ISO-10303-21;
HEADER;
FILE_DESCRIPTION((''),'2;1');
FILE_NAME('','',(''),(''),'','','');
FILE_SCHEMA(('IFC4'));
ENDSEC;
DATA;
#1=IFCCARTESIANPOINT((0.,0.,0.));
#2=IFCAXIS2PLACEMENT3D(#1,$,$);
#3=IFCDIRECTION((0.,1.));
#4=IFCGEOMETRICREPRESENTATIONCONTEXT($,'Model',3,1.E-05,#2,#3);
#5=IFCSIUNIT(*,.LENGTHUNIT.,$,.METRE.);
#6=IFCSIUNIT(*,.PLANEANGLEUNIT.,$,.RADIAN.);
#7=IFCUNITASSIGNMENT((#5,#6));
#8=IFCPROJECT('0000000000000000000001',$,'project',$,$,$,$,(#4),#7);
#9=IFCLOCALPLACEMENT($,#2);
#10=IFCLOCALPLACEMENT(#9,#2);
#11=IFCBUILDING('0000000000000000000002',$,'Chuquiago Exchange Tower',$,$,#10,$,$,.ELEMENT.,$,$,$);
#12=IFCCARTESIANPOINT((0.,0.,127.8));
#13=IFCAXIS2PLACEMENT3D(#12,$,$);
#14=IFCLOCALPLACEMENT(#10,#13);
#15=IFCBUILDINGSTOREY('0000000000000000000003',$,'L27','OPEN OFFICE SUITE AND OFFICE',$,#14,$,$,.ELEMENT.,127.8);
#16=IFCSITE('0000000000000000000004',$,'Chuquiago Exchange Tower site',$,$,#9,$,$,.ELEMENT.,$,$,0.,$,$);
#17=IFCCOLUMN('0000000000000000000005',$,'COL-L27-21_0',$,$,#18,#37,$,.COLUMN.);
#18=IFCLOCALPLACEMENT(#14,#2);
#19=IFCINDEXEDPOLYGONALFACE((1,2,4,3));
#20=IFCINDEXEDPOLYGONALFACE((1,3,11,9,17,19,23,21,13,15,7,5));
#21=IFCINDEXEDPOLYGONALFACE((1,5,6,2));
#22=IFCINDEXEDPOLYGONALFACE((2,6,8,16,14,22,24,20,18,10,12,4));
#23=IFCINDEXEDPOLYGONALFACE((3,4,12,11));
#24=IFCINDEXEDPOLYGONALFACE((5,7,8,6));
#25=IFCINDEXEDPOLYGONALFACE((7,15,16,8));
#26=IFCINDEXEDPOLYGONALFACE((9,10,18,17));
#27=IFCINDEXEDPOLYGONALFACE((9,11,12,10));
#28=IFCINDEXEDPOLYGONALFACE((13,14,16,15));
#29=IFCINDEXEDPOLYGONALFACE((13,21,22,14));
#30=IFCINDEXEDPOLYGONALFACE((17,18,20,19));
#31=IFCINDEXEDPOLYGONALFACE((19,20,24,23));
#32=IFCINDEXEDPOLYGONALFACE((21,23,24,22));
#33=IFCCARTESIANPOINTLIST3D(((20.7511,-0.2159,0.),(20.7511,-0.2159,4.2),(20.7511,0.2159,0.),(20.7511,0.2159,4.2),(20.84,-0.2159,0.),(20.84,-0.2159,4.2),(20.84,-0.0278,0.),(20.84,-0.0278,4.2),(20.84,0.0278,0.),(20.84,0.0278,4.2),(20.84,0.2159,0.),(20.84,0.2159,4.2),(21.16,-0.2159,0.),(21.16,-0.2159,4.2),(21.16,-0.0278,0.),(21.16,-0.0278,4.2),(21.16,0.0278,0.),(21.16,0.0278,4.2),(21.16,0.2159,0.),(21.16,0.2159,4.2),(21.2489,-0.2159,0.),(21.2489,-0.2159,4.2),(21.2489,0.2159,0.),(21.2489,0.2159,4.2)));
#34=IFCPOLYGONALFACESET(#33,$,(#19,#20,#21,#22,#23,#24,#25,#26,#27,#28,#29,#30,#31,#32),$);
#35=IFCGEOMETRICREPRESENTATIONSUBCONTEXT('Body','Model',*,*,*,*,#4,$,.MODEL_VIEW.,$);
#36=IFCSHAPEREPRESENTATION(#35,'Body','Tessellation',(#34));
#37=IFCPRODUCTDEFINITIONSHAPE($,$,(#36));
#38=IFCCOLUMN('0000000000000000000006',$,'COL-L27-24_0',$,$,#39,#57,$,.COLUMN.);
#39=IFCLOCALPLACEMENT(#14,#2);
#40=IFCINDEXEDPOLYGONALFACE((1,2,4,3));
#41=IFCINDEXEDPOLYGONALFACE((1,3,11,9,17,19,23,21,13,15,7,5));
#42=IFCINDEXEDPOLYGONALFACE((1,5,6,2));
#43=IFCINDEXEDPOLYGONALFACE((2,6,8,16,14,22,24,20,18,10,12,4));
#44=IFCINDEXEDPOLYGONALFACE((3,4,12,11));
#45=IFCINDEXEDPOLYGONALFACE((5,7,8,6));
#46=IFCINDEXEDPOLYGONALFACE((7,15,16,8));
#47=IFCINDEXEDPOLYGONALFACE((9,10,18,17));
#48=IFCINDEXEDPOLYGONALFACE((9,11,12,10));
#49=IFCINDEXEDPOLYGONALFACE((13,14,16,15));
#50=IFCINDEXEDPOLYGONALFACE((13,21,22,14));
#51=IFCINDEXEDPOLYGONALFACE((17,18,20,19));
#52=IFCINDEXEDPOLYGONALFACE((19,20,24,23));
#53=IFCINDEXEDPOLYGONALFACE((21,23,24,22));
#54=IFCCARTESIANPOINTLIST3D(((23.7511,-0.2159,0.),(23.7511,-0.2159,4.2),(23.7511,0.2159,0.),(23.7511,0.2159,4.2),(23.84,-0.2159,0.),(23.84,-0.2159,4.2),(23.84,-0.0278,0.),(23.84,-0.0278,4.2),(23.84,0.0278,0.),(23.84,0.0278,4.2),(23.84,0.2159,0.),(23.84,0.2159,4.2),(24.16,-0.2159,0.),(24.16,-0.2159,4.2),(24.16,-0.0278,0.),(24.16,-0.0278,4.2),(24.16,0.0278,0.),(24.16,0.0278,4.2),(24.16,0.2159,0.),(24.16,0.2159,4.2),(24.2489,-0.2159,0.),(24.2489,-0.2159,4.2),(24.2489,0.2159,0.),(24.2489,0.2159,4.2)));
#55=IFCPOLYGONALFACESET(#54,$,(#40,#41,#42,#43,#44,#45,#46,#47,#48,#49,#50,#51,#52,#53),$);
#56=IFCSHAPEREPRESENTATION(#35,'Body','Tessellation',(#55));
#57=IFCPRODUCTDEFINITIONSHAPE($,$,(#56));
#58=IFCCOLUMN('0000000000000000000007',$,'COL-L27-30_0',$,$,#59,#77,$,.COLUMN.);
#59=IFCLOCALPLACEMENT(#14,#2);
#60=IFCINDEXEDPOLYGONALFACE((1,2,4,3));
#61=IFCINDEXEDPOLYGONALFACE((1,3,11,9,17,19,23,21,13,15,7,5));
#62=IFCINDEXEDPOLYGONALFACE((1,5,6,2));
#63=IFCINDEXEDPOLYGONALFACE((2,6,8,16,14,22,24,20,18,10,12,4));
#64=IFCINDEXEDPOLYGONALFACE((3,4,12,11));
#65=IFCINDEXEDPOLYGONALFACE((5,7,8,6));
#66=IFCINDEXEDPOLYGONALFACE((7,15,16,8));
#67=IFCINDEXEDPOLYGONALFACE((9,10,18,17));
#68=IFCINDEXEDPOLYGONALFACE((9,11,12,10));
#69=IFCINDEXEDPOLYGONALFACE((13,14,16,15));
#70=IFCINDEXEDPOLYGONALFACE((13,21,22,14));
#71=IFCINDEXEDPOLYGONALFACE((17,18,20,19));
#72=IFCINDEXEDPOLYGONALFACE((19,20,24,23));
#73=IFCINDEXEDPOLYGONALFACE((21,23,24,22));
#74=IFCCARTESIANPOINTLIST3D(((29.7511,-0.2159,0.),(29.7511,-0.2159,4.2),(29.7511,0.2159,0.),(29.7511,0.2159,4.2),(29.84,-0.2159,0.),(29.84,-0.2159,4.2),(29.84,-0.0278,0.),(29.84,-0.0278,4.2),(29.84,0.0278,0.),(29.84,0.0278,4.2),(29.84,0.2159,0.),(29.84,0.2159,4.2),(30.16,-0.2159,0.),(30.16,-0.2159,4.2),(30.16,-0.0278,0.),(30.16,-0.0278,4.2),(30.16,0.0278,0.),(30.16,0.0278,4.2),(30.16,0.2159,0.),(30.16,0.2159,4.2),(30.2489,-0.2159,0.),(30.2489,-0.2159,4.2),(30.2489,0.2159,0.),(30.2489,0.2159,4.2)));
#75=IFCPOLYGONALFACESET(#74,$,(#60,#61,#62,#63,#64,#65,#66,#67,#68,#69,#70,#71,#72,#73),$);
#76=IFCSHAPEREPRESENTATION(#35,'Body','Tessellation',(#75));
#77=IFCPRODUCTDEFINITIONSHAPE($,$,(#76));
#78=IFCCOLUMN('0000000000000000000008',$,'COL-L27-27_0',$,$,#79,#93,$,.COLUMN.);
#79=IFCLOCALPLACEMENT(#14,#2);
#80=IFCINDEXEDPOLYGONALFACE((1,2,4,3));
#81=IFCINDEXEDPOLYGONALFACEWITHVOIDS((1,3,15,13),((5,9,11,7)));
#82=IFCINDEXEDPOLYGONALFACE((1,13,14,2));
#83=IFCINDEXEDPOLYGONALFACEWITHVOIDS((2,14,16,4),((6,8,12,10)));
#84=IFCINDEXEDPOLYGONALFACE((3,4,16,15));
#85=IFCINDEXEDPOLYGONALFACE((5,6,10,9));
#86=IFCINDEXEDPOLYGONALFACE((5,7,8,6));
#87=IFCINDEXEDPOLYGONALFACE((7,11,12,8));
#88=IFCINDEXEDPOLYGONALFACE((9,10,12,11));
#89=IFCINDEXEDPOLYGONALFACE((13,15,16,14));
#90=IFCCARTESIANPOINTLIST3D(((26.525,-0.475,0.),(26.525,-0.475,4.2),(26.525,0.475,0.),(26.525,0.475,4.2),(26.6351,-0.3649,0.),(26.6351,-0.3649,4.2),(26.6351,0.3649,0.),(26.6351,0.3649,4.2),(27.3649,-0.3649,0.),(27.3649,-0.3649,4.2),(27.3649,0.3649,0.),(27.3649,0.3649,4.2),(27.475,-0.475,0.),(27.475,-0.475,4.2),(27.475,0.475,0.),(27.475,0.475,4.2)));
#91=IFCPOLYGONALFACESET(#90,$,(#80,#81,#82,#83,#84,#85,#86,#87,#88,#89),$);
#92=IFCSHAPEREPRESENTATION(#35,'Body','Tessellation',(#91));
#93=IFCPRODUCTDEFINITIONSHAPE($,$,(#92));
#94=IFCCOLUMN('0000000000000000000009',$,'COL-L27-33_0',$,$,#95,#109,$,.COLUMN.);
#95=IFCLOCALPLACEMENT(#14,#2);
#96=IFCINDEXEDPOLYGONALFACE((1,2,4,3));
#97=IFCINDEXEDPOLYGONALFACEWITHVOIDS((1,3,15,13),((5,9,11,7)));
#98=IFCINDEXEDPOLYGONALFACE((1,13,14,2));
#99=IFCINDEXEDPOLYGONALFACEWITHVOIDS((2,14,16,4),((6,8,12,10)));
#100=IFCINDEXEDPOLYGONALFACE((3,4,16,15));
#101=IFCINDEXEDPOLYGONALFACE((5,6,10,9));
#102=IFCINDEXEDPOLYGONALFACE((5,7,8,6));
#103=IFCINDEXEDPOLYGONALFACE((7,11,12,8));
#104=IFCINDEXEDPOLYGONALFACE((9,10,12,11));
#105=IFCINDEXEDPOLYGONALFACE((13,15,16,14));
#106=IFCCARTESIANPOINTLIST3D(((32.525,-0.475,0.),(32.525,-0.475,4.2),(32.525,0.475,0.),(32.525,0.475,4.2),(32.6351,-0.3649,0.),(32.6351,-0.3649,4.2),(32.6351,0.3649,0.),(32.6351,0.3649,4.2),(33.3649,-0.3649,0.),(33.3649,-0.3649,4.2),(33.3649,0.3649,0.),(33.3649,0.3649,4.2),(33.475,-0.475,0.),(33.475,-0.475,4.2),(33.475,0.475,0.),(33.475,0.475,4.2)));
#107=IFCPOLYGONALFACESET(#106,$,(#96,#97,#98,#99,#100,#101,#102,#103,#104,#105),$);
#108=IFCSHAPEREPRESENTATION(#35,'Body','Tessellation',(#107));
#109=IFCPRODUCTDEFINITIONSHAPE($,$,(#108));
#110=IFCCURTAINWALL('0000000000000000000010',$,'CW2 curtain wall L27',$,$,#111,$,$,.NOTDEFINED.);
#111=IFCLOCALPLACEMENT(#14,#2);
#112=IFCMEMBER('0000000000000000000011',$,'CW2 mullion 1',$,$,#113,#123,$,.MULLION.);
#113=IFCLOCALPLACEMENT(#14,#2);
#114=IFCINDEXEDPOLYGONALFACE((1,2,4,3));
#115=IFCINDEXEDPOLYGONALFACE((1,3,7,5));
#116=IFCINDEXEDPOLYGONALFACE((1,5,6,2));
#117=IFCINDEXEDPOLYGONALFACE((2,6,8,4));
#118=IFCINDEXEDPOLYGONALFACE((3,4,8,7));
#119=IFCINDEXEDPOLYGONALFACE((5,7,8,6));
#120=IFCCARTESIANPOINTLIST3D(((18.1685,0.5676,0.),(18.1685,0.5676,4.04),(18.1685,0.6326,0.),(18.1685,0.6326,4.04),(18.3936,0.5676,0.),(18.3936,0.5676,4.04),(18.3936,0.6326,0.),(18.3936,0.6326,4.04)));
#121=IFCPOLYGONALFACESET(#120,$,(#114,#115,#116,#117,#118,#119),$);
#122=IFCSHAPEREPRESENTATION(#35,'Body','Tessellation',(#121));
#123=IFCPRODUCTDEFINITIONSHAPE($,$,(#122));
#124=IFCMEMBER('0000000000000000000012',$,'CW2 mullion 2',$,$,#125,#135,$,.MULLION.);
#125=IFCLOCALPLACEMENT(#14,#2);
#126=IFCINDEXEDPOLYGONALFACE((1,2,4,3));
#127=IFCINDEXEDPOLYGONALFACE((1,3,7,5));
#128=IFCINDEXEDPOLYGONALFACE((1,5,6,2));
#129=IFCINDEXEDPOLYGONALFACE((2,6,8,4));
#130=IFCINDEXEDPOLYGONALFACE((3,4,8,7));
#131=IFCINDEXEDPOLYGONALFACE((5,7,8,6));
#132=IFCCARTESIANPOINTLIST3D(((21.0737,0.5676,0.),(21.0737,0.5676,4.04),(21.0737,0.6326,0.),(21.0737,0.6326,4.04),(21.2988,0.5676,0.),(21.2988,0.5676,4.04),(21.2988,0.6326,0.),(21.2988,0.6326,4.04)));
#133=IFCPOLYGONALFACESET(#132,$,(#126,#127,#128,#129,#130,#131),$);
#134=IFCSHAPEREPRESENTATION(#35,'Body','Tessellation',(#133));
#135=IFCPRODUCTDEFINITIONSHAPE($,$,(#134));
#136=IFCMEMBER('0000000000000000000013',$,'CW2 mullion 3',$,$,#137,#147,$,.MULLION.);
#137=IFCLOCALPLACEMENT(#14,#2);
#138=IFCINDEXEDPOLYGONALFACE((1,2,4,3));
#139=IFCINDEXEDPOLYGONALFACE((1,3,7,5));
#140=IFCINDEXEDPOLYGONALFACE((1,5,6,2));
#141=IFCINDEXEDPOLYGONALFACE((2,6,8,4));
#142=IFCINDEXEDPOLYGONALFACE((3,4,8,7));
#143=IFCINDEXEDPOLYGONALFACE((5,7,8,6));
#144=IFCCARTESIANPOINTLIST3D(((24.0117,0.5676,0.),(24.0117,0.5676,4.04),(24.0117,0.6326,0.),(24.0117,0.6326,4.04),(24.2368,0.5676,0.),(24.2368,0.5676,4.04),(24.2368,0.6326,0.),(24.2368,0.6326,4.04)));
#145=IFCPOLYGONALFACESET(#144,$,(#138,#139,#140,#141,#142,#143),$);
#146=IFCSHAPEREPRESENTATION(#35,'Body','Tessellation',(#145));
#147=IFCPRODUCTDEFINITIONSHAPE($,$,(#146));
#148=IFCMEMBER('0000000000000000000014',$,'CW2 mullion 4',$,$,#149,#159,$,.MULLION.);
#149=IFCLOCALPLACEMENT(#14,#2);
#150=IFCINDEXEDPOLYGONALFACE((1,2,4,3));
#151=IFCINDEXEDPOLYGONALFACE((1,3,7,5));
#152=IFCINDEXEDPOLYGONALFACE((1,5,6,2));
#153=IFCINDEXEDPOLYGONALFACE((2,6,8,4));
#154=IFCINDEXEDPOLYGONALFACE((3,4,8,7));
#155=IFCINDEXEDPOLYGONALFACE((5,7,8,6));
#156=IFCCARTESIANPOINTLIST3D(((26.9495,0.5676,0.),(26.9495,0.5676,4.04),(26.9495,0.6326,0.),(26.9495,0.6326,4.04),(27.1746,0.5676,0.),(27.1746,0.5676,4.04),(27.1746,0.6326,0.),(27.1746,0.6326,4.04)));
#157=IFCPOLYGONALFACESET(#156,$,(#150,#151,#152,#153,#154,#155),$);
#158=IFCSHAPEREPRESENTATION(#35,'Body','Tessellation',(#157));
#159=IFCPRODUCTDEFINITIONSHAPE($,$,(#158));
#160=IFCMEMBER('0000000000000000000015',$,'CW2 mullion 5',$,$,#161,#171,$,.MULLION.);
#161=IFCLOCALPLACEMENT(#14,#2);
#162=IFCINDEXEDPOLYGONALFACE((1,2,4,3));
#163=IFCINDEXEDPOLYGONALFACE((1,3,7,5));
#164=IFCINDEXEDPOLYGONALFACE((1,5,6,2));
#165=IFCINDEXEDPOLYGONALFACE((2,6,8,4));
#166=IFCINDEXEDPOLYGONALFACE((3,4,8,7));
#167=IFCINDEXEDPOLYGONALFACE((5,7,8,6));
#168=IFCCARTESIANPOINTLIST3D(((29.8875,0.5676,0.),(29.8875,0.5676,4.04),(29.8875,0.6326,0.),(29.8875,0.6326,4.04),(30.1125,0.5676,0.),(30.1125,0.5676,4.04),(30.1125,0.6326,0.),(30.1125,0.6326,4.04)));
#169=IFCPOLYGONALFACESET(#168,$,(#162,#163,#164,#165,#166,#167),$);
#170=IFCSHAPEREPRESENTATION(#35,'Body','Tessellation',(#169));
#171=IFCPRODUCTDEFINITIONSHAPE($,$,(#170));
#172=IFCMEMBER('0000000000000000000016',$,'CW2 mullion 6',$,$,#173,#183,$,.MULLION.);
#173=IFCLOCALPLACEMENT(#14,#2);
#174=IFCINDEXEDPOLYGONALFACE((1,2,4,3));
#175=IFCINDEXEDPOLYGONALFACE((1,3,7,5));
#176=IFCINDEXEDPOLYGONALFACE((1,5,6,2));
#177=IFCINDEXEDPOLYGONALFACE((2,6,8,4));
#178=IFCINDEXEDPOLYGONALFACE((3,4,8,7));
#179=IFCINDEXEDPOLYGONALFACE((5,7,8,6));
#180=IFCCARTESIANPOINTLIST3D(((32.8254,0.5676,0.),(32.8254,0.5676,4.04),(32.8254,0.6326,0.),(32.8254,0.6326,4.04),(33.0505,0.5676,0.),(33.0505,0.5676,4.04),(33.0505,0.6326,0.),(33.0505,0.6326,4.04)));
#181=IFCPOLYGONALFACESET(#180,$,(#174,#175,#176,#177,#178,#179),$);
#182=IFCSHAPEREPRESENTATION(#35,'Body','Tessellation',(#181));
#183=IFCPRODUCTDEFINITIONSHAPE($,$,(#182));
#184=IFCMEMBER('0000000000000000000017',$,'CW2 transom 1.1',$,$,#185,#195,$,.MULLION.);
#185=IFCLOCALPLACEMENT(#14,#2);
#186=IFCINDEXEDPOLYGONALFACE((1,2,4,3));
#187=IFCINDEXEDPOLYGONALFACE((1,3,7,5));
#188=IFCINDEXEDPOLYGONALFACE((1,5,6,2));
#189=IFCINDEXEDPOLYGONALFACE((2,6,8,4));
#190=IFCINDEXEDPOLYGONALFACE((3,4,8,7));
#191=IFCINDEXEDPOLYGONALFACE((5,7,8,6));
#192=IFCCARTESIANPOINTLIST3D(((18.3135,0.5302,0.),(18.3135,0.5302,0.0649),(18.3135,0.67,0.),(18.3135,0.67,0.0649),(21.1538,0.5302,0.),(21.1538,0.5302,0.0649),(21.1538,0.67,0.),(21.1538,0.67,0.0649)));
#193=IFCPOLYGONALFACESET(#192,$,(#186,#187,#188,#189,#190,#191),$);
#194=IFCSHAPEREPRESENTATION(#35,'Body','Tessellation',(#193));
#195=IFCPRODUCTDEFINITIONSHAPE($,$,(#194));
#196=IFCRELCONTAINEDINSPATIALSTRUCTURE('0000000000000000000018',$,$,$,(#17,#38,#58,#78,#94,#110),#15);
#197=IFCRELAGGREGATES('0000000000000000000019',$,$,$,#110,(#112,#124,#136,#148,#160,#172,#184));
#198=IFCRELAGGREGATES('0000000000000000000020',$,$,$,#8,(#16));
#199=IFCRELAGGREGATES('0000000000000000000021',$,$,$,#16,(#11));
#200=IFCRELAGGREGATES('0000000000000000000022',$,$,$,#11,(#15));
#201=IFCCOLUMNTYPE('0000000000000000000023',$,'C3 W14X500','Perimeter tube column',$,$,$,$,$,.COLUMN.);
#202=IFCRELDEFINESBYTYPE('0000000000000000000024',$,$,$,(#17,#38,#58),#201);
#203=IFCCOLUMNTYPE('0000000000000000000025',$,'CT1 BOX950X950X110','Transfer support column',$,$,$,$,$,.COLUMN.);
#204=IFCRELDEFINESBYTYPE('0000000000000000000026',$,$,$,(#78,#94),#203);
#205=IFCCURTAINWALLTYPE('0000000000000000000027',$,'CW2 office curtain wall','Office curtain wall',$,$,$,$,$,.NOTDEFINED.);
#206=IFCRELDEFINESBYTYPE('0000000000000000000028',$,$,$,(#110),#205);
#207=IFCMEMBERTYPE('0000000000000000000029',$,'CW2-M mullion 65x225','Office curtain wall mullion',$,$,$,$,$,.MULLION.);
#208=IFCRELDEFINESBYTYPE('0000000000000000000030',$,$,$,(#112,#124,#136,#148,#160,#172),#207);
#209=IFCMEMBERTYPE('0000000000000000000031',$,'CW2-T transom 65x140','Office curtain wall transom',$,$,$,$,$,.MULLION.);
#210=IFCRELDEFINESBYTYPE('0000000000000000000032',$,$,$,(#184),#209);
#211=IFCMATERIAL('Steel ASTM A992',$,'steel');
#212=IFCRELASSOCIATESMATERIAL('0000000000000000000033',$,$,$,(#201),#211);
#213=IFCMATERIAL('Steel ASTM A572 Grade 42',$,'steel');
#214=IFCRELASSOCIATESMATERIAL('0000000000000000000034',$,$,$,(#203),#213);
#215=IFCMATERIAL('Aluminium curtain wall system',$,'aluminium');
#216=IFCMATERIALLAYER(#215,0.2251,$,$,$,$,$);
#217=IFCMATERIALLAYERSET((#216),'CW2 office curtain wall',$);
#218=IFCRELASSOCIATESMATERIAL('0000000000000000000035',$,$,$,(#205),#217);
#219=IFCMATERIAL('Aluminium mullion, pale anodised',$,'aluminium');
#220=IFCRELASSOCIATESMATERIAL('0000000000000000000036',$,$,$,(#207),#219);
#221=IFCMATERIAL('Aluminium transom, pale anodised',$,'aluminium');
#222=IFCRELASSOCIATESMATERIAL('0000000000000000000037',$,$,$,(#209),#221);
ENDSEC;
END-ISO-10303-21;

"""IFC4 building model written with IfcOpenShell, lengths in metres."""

from ifc_helpers import new_model, si_unit, direction, frame, origin, origin_2d, place, context, subcontext, project, spatial, rectangle, hollow_rectangle, i_section, extrude, material, layer, layer_set, material_profile, profile_set, type_object, element, aggregate, save


model = new_model("IFC4")

# Units and contexts
model_context = context("Model", 3, precision=1e-05, world=origin(), true_north=direction((0.0, 1.0)))
body_context = subcontext(model_context, "Body", "Model", "MODEL_VIEW")
ifc_project = project(units=[si_unit("LENGTHUNIT", "METRE"), si_unit("PLANEANGLEUNIT", "RADIAN")], contexts=[model_context])

# Site, building, storey
site_placement = place(None, origin())
site = spatial("IfcSite", under=ifc_project, at=site_placement, Name="Chuquiago Exchange Tower site", CompositionType="ELEMENT", RefElevation=0.0)
building_placement = place(site_placement, origin())
building = spatial("IfcBuilding", under=site, at=building_placement, Name="Chuquiago Exchange Tower", CompositionType="ELEMENT")
storey_placement = place(building_placement, frame((0.0, 0.0, 127.8)))
storey = spatial("IfcBuildingStorey", under=building, at=storey_placement, Name="L27", Description="OPEN OFFICE SUITE AND OFFICE", CompositionType="ELEMENT", Elevation=127.8)

# Columns
ifc_material_1 = material(Name="Steel ASTM A992", Category="steel")
ifc_material_profile_1 = material_profile(ifc_material_1, i_section(OverallWidth=0.4319, OverallDepth=0.4978, WebThickness=0.0557, FlangeThickness=0.0889, at=origin_2d()), Name="W14X500")
ifc_profile_set_1 = profile_set([ifc_material_profile_1], Name="Steel ASTM A992")
column_type_1 = type_object("IfcColumnType", Name="C3 W14X500", Description="Perimeter tube column", PredefinedType="COLUMN", material=ifc_profile_set_1)
for number, where, z_axis, x_axis, name in (
    (1, (21.0, 0.0, 0.0), (0.0, 0.0, 1.0), (0.0, -1.0, 0.0), "COL-L27-21_0"),
    (2, (24.0, 0.0, 0.0), (0.0, 0.0, 1.0), (0.0, -1.0, 0.0), "COL-L27-24_0"),
    (3, (30.0, 0.0, 0.0), (0.0, 0.0, 1.0), (0.0, -1.0, 0.0), "COL-L27-30_0"),
):
    element("IfcColumn", number, at=place(storey_placement, frame(where, z_axis=z_axis, x_axis=x_axis)), inside=storey, type_object=column_type_1, Name=name, PredefinedType="COLUMN", context=body_context, shape_type="SweptSolid", body=[
        extrude(i_section(OverallWidth=0.4319, OverallDepth=0.4978, WebThickness=0.0557, FlangeThickness=0.0889, at=origin_2d()), origin(), (0.0, 0.0, 1.0), 4.2),
    ])
ifc_material_2 = material(Name="Steel ASTM A572 Grade 42", Category="steel")
ifc_material_profile_2 = material_profile(ifc_material_2, hollow_rectangle(XDim=0.95, YDim=0.95, WallThickness=0.1101, at=origin_2d()), Name="BOX950X950X110")
ifc_profile_set_2 = profile_set([ifc_material_profile_2], Name="Steel ASTM A572 Grade 42")
column_type_2 = type_object("IfcColumnType", Name="CT1 BOX950X950X110", Description="Transfer support column", PredefinedType="COLUMN", material=ifc_profile_set_2)
for number, where, z_axis, x_axis, name in (
    (4, (27.0, 0.0, 0.0), (0.0, 0.0, 1.0), (0.0, -1.0, 0.0), "COL-L27-27_0"),
    (5, (33.0, 0.0, 0.0), (0.0, 0.0, 1.0), (0.0, -1.0, 0.0), "COL-L27-33_0"),
):
    element("IfcColumn", number, at=place(storey_placement, frame(where, z_axis=z_axis, x_axis=x_axis)), inside=storey, type_object=column_type_2, Name=name, PredefinedType="COLUMN", context=body_context, shape_type="SweptSolid", body=[
        extrude(hollow_rectangle(XDim=0.95, YDim=0.95, WallThickness=0.1101, at=origin_2d()), origin(), (0.0, 0.0, 1.0), 4.2),
    ])

# Curtain wall, members
ifc_material_3 = material(Name="Aluminium curtain wall system", Category="aluminium")
ifc_layer_1 = layer(ifc_material_3, 0.2251)
ifc_layer_set_1 = layer_set([ifc_layer_1], Name="CW2 office curtain wall")
curtain_wall_type_1 = type_object("IfcCurtainWallType", Name="CW2 office curtain wall", Description="Office curtain wall", PredefinedType="NOTDEFINED", material=ifc_layer_set_1)
curtain_wall_1_placement = place(storey_placement, origin())
curtain_wall_1 = element("IfcCurtainWall", 6, at=curtain_wall_1_placement, inside=storey, type_object=curtain_wall_type_1, Name="CW2 curtain wall L27", PredefinedType="NOTDEFINED")
ifc_material_4 = material(Name="Aluminium mullion, pale anodised", Category="aluminium")
ifc_material_profile_3 = material_profile(ifc_material_4, rectangle(XDim=0.0649, YDim=0.2251, at=origin_2d()), Name="AL 65x225")
ifc_profile_set_3 = profile_set([ifc_material_profile_3], Name="Aluminium mullion, pale anodised")
member_type_1 = type_object("IfcMemberType", Name="CW2-M mullion 65x225", Description="Office curtain wall mullion", PredefinedType="MULLION", material=ifc_profile_set_3)
member_1_placement = place(storey_placement, frame((18.281, 0.6001, 0.0), z_axis=(0.0, 0.0, 1.0), x_axis=(0.0, 1.0, 0.0)))
member_1 = element("IfcMember", 7, at=member_1_placement, type_object=member_type_1, Name="CW2 mullion 1", PredefinedType="MULLION", context=body_context, shape_type="SweptSolid", body=[
    extrude(rectangle(XDim=0.0649, YDim=0.2251, at=origin_2d()), origin(), (0.0, 0.0, 1.0), 4.04),
])
member_2_placement = place(storey_placement, frame((21.1863, 0.6001, 0.0), z_axis=(0.0, 0.0, 1.0), x_axis=(0.0, 1.0, 0.0)))
member_2 = element("IfcMember", 8, at=member_2_placement, type_object=member_type_1, Name="CW2 mullion 2", PredefinedType="MULLION", context=body_context, shape_type="SweptSolid", body=[
    extrude(rectangle(XDim=0.0649, YDim=0.2251, at=origin_2d()), origin(), (0.0, 0.0, 1.0), 4.04),
])
member_3_placement = place(storey_placement, frame((24.1243, 0.6001, 0.0), z_axis=(0.0, 0.0, 1.0), x_axis=(0.0, 1.0, 0.0)))
member_3 = element("IfcMember", 9, at=member_3_placement, type_object=member_type_1, Name="CW2 mullion 3", PredefinedType="MULLION", context=body_context, shape_type="SweptSolid", body=[
    extrude(rectangle(XDim=0.0649, YDim=0.2251, at=origin_2d()), origin(), (0.0, 0.0, 1.0), 4.04),
])
member_4_placement = place(storey_placement, frame((27.062, 0.6001, 0.0), z_axis=(0.0, 0.0, 1.0), x_axis=(0.0, 1.0, 0.0)))
member_4 = element("IfcMember", 10, at=member_4_placement, type_object=member_type_1, Name="CW2 mullion 4", PredefinedType="MULLION", context=body_context, shape_type="SweptSolid", body=[
    extrude(rectangle(XDim=0.0649, YDim=0.2251, at=origin_2d()), origin(), (0.0, 0.0, 1.0), 4.04),
])
member_5_placement = place(storey_placement, frame((30.0, 0.6001, 0.0), z_axis=(0.0, 0.0, 1.0), x_axis=(0.0, 1.0, 0.0)))
member_5 = element("IfcMember", 11, at=member_5_placement, type_object=member_type_1, Name="CW2 mullion 5", PredefinedType="MULLION", context=body_context, shape_type="SweptSolid", body=[
    extrude(rectangle(XDim=0.0649, YDim=0.2251, at=origin_2d()), origin(), (0.0, 0.0, 1.0), 4.04),
])
member_6_placement = place(storey_placement, frame((32.938, 0.6001, 0.0), z_axis=(0.0, 0.0, 1.0), x_axis=(0.0, 1.0, 0.0)))
member_6 = element("IfcMember", 12, at=member_6_placement, type_object=member_type_1, Name="CW2 mullion 6", PredefinedType="MULLION", context=body_context, shape_type="SweptSolid", body=[
    extrude(rectangle(XDim=0.0649, YDim=0.2251, at=origin_2d()), origin(), (0.0, 0.0, 1.0), 4.04),
])
ifc_material_5 = material(Name="Aluminium transom, pale anodised", Category="aluminium")
ifc_material_profile_4 = material_profile(ifc_material_5, rectangle(XDim=0.1399, YDim=0.0649, at=origin_2d()), Name="AL 140x65")
ifc_profile_set_4 = profile_set([ifc_material_profile_4], Name="Aluminium transom, pale anodised")
member_type_2 = type_object("IfcMemberType", Name="CW2-T transom 65x140", Description="Office curtain wall transom", PredefinedType="MULLION", material=ifc_profile_set_4)
member_7_placement = place(storey_placement, frame((18.3135, 0.6001, 0.0325), z_axis=(1.0, 0.0, 0.0), x_axis=(0.0, 1.0, 0.0)))
member_7 = element("IfcMember", 13, at=member_7_placement, type_object=member_type_2, Name="CW2 transom 1.1", PredefinedType="MULLION", context=body_context, shape_type="SweptSolid", body=[
    extrude(rectangle(XDim=0.1399, YDim=0.0649, at=origin_2d()), origin(), (0.0, 0.0, 1.0), 2.8403),
])

aggregate(curtain_wall_1, [member_1, member_2, member_3, member_4, member_5, member_6, member_7])

save(model, "model.ifc")
